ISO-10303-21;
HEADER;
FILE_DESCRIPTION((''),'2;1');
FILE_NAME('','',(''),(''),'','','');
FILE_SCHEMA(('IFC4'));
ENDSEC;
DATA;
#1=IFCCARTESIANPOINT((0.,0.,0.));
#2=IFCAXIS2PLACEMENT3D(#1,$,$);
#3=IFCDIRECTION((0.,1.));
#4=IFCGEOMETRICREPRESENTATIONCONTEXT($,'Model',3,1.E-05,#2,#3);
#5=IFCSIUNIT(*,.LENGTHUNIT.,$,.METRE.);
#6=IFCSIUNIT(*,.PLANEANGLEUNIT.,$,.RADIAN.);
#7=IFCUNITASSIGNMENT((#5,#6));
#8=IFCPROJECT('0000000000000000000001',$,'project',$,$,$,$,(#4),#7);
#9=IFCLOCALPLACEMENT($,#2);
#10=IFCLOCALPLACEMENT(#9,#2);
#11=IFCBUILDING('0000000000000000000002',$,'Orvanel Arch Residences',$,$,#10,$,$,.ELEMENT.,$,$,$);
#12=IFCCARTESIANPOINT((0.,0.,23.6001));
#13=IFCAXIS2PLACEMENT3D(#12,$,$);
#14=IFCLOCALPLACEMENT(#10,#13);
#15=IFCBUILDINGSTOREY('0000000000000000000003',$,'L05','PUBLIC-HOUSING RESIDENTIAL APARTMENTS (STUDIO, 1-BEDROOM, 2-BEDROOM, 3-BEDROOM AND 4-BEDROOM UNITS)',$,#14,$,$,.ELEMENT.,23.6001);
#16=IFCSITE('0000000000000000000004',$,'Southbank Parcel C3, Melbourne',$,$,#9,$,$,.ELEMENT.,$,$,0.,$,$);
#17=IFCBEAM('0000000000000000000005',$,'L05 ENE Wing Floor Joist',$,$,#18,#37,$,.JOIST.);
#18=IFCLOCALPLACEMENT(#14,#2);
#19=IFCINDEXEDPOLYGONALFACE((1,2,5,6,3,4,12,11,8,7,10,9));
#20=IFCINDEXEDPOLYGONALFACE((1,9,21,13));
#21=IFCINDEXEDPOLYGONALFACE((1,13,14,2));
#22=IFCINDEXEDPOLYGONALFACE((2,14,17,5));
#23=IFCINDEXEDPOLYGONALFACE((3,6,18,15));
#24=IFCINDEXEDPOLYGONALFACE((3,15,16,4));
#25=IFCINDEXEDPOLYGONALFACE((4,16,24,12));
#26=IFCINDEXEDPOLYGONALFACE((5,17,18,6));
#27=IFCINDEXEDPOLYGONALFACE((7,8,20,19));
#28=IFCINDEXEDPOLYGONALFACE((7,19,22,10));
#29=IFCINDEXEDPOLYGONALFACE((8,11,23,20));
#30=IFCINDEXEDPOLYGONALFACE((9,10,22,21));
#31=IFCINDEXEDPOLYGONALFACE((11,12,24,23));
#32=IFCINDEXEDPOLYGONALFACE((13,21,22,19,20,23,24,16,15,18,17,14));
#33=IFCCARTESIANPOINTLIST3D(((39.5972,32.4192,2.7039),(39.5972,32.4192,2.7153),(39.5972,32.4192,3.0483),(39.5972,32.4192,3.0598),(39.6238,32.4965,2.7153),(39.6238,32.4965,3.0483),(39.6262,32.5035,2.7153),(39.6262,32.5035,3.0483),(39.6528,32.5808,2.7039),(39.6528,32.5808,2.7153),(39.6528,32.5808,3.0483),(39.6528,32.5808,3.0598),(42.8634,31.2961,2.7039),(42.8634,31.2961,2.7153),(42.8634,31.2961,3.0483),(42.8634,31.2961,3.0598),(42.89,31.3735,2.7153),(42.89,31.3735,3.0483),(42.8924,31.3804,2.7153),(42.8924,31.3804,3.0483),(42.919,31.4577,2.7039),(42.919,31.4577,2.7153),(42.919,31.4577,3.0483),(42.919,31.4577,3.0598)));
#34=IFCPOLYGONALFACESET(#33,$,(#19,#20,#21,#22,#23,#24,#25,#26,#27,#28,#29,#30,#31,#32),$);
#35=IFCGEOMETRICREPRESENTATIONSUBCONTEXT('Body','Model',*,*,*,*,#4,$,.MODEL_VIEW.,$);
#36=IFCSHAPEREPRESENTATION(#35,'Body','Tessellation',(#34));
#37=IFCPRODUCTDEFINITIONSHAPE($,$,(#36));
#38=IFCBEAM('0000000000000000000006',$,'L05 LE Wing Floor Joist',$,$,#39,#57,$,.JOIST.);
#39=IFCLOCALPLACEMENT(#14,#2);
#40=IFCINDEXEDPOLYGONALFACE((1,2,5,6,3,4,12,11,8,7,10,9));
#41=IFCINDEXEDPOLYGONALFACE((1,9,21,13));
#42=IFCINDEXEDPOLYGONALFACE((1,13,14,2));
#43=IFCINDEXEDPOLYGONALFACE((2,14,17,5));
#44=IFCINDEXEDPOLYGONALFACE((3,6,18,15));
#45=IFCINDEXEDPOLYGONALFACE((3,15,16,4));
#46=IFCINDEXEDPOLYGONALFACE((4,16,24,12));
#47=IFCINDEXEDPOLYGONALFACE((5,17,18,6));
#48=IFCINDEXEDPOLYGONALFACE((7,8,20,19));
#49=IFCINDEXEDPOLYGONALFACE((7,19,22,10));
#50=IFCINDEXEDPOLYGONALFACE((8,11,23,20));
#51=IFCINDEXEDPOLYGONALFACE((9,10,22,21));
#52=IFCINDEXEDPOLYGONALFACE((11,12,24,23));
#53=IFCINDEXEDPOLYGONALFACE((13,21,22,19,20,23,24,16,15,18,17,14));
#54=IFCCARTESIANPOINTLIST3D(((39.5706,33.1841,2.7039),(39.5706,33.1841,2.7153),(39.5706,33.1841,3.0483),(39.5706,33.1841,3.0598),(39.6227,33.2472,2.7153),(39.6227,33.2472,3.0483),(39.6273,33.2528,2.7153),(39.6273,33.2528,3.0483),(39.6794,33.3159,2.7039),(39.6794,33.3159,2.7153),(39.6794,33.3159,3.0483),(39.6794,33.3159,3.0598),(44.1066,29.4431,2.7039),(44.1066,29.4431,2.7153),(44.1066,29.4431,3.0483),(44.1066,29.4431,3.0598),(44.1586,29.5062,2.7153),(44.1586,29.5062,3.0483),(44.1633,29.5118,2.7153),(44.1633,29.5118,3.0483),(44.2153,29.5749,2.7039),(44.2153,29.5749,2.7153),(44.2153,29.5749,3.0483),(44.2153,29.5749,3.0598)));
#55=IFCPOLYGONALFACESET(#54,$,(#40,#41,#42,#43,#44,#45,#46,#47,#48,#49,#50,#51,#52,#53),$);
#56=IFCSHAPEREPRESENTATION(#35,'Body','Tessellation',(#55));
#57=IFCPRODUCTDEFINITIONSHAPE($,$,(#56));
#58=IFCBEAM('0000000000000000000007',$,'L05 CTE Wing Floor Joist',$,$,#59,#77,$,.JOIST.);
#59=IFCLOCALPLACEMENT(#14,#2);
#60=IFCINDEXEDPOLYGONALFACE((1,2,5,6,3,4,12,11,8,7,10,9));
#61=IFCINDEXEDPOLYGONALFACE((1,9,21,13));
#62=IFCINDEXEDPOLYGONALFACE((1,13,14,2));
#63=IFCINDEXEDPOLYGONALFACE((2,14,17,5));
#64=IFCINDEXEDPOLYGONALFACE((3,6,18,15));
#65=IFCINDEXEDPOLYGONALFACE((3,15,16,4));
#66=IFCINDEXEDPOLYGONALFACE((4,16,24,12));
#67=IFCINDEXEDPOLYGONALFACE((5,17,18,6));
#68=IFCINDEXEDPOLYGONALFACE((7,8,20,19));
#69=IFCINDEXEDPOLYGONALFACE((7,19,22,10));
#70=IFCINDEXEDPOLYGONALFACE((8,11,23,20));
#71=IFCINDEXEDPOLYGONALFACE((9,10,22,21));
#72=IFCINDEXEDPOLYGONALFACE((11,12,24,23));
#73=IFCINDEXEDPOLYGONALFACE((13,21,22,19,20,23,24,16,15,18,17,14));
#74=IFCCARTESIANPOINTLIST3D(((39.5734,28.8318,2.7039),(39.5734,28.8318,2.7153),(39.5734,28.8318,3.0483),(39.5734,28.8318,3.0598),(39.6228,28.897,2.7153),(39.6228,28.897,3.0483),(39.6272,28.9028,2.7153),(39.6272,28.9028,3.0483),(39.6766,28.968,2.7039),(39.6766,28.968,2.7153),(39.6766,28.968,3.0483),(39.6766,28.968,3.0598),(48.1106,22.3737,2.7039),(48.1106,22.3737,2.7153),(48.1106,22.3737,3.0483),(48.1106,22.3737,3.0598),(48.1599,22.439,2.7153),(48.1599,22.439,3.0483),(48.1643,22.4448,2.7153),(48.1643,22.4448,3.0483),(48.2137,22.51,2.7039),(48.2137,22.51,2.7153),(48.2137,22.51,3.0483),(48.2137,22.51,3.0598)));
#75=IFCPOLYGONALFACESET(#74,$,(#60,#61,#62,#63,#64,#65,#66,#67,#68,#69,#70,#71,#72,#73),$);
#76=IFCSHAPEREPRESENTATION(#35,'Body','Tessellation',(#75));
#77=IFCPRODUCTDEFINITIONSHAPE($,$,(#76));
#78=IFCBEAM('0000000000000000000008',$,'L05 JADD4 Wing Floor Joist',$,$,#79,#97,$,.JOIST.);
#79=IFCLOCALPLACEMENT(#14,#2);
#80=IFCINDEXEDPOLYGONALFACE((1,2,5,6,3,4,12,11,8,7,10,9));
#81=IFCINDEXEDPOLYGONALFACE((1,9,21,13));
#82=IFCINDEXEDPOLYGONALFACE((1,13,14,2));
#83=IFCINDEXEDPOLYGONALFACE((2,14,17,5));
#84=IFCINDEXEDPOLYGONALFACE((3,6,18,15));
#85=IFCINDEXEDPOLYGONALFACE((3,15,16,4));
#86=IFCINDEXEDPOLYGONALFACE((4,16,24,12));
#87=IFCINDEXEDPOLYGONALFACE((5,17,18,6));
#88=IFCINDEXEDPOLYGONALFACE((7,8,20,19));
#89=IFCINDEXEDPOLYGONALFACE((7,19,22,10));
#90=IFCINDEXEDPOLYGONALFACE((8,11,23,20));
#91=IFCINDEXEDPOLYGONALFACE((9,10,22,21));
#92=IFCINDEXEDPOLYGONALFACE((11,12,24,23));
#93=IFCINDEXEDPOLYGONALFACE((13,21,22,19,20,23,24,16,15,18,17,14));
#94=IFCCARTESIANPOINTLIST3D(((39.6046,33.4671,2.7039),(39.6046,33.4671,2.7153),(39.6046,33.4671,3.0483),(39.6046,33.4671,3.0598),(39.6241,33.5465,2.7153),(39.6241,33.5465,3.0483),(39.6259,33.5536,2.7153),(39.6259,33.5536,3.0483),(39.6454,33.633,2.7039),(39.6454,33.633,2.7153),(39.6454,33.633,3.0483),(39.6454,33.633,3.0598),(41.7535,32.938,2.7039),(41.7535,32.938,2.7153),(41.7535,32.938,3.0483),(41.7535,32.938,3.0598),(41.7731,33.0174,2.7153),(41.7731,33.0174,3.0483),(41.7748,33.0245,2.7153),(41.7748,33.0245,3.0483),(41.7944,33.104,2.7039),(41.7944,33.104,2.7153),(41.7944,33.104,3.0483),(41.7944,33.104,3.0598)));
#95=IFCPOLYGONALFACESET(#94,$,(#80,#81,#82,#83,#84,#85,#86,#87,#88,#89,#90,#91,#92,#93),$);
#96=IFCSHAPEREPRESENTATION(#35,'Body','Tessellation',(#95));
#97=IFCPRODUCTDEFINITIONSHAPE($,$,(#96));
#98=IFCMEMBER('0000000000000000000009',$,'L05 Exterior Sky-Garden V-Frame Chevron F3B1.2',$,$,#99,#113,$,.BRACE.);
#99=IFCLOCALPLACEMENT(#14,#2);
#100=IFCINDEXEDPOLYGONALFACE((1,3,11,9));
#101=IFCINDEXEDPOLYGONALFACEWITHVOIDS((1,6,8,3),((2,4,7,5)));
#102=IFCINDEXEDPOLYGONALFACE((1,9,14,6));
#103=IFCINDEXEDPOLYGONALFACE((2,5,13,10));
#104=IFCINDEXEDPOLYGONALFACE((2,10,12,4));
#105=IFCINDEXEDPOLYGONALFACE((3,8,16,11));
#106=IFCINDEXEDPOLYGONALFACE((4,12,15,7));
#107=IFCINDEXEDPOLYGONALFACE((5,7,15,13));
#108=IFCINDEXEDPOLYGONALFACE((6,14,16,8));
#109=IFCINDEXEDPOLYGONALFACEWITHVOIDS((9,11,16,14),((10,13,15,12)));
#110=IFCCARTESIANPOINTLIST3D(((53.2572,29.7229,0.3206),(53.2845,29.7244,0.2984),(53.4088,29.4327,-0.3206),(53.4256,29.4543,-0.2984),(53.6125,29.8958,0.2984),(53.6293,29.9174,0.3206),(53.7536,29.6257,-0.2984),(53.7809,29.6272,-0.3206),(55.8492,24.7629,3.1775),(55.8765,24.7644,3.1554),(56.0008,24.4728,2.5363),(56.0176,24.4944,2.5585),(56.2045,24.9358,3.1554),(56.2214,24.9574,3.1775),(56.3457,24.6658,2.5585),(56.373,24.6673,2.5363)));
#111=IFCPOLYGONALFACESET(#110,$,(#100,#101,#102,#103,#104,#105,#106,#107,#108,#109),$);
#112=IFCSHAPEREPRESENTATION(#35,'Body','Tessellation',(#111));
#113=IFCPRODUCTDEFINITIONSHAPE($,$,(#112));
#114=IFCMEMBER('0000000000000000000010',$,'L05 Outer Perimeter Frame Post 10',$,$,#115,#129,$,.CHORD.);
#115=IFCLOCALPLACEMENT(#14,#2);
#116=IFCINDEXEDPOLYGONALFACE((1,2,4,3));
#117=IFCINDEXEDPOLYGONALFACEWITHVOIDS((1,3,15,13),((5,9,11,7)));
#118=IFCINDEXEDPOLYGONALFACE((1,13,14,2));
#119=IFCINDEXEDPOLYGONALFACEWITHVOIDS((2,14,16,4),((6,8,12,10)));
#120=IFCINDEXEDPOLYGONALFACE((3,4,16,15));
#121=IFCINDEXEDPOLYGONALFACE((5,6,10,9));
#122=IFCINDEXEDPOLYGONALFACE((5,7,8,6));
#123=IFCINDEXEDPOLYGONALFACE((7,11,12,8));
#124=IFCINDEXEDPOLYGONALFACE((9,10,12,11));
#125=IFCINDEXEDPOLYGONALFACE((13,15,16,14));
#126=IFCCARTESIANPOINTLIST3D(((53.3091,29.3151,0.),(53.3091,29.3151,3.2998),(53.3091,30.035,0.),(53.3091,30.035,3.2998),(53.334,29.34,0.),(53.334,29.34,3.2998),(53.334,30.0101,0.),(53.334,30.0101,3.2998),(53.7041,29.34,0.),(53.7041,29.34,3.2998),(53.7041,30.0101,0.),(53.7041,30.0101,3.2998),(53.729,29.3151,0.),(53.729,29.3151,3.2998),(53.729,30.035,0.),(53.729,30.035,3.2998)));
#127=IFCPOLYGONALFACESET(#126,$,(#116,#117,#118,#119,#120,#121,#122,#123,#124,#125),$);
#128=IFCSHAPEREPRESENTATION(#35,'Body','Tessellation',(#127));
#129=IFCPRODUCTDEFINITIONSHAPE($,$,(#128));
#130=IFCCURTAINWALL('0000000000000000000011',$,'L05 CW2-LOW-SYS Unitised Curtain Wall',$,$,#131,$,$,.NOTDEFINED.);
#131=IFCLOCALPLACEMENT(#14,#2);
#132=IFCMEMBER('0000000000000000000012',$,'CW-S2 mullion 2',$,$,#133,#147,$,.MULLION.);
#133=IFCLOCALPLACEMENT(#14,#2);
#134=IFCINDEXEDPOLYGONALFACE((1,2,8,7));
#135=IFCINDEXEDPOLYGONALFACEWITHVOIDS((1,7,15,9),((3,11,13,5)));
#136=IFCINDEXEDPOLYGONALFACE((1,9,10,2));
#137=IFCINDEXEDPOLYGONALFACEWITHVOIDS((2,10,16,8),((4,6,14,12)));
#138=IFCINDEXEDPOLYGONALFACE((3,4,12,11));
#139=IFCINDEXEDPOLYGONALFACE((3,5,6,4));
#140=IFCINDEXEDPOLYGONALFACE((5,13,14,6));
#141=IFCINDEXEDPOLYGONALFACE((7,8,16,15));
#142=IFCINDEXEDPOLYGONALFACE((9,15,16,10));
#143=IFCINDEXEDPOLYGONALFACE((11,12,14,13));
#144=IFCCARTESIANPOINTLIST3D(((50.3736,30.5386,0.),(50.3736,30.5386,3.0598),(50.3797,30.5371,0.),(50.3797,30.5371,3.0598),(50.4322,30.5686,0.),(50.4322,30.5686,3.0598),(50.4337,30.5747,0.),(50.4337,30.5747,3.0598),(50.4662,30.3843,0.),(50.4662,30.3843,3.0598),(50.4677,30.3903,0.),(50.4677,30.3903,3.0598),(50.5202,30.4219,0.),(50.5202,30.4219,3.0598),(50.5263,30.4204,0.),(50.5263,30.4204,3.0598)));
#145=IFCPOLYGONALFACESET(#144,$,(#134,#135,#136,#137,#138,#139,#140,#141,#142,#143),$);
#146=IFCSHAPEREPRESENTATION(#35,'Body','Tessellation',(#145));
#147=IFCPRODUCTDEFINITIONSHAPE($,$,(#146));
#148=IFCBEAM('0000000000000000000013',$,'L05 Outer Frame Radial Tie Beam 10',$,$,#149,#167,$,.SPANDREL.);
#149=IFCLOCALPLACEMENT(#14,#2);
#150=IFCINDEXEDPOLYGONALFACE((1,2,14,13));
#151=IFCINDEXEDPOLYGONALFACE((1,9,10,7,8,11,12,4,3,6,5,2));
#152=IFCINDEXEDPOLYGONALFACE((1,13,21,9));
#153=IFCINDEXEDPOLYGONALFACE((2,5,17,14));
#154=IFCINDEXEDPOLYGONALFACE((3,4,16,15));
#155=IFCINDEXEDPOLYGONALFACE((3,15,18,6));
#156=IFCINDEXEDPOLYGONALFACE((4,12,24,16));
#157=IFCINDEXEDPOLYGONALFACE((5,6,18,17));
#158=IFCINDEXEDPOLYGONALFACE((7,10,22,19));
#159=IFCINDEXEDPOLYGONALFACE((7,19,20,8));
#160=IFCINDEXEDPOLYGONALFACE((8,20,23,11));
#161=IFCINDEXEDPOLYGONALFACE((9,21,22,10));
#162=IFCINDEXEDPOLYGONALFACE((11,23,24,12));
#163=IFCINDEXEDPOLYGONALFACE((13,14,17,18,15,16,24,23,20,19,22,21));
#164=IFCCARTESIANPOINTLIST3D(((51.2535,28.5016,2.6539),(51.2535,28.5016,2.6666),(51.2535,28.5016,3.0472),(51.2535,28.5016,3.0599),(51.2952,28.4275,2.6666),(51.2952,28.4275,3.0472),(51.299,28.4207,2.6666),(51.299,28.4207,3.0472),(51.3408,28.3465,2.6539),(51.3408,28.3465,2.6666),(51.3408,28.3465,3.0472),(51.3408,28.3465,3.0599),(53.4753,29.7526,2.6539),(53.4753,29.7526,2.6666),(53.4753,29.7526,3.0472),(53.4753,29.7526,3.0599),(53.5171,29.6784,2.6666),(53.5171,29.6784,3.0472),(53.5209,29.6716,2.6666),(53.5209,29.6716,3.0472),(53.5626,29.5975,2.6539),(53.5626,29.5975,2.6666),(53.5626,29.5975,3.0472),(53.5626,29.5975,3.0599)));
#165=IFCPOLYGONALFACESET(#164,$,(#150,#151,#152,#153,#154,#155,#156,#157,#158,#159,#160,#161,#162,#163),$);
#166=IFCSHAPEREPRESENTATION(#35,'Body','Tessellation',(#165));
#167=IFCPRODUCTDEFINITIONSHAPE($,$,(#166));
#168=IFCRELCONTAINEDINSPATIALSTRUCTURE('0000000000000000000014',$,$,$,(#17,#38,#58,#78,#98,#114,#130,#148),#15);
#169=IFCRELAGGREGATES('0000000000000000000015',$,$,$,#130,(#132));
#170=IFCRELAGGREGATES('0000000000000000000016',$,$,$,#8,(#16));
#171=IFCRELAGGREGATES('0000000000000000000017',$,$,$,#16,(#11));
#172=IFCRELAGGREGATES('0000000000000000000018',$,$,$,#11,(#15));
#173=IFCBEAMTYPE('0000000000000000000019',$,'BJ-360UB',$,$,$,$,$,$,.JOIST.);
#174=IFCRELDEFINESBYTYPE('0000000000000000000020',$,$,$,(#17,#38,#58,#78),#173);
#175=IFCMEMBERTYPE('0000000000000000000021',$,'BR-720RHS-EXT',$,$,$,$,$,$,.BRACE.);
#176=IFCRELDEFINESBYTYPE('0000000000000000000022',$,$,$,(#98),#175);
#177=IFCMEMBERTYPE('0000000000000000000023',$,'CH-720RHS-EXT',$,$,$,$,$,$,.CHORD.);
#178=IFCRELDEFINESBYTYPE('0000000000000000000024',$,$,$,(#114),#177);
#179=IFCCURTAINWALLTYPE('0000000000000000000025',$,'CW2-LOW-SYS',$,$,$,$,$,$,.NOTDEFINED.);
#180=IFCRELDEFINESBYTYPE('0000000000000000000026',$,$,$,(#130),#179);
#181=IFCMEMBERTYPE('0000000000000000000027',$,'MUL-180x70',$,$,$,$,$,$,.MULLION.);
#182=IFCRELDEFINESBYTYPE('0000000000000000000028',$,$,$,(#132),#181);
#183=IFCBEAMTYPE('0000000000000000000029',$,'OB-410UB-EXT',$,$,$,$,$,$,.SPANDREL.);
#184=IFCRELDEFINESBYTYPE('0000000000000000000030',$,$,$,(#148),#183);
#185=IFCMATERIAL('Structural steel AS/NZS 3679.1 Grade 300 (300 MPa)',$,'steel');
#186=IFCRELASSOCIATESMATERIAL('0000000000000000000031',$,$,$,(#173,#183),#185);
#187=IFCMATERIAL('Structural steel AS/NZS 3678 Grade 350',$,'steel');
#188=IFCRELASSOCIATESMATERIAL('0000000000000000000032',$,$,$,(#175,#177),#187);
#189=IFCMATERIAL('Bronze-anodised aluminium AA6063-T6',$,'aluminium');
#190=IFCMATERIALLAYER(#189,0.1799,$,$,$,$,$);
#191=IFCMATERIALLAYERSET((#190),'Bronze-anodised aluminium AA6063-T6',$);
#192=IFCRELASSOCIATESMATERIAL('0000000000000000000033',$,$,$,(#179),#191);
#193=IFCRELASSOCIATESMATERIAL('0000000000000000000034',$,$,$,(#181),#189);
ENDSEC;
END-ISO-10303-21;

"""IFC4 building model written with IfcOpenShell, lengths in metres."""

from ifc_helpers import new_model, si_unit, direction, frame, origin, origin_2d, place, context, subcontext, project, spatial, hollow_rectangle, i_section, extrude, material, layer, layer_set, material_profile, profile_set, type_object, element, aggregate, save


model = new_model("IFC4")

# Units and contexts
model_context = context("Model", 3, precision=1e-05, world=origin(), true_north=direction((0.0, 1.0)))
body_context = subcontext(model_context, "Body", "Model", "MODEL_VIEW")
ifc_project = project(units=[si_unit("LENGTHUNIT", "METRE"), si_unit("PLANEANGLEUNIT", "RADIAN")], contexts=[model_context])

# Site, building, storey
site_placement = place(None, origin())
site = spatial("IfcSite", under=ifc_project, at=site_placement, Name="Southbank Parcel C3, Melbourne", CompositionType="ELEMENT", RefElevation=0.0)
building_placement = place(site_placement, origin())
building = spatial("IfcBuilding", under=site, at=building_placement, Name="Orvanel Arch Residences", CompositionType="ELEMENT")
storey_placement = place(building_placement, frame((0.0, 0.0, 23.6001)))
storey = spatial("IfcBuildingStorey", under=building, at=storey_placement, Name="L05", Description="PUBLIC-HOUSING RESIDENTIAL APARTMENTS (STUDIO, 1-BEDROOM, 2-BEDROOM, 3-BEDROOM AND 4-BEDROOM UNITS)", CompositionType="ELEMENT", Elevation=23.6001)

# Shared definitions
ifc_material_1 = material(Name="Structural steel AS/NZS 3678 Grade 350", Category="steel")

# Beams
ifc_material_2 = material(Name="Structural steel AS/NZS 3679.1 Grade 300 (300 MPa)", Category="steel")
ifc_material_profile_1 = material_profile(ifc_material_2, i_section(OverallWidth=0.1709, OverallDepth=0.356, WebThickness=0.0073, FlangeThickness=0.0115, at=origin_2d()), Name="360UB50.7")
ifc_profile_set_1 = profile_set([ifc_material_profile_1], Name="Structural steel AS/NZS 3679.1 Grade 300 (300 MPa)")
beam_type_1 = type_object("IfcBeamType", Name="BJ-360UB", PredefinedType="JOIST", material=ifc_profile_set_1)
beam_1_placement = place(storey_placement, frame((39.625, 32.5, 2.8818), z_axis=(0.945658, -0.325163, 0.0), x_axis=(0.325163, 0.945658, 0.0)))
element("IfcBeam", 1, at=beam_1_placement, inside=storey, type_object=beam_type_1, Name="L05 ENE Wing Floor Joist", PredefinedType="JOIST", context=body_context, shape_type="SweptSolid", body=[
    extrude(i_section(OverallWidth=0.1709, OverallDepth=0.356, WebThickness=0.0073, FlangeThickness=0.0115, at=origin_2d()), origin(), (0.0, 0.0, 1.0), 3.4539),
])
beam_2_placement = place(storey_placement, frame((39.625, 33.25, 2.8818), z_axis=(0.771469, -0.636267, 0.0), x_axis=(0.636267, 0.771469, 0.0)))
element("IfcBeam", 2, at=beam_2_placement, inside=storey, type_object=beam_type_1, Name="L05 LE Wing Floor Joist", PredefinedType="JOIST", context=body_context, shape_type="SweptSolid", body=[
    extrude(i_section(OverallWidth=0.1709, OverallDepth=0.356, WebThickness=0.0073, FlangeThickness=0.0115, at=origin_2d()), origin(), (0.0, 0.0, 1.0), 5.8796),
])
beam_3_placement = place(storey_placement, frame((39.625, 28.8999, 2.8818), z_axis=(0.797519, -0.603294, 0.0), x_axis=(0.603294, 0.797519, 0.0)))
element("IfcBeam", 3, at=beam_3_placement, inside=storey, type_object=beam_type_1, Name="L05 CTE Wing Floor Joist", PredefinedType="JOIST", context=body_context, shape_type="SweptSolid", body=[
    extrude(i_section(OverallWidth=0.1709, OverallDepth=0.356, WebThickness=0.0073, FlangeThickness=0.0115, at=origin_2d()), origin(), (0.0, 0.0, 1.0), 10.7046),
])
beam_4_placement = place(storey_placement, frame((39.625, 33.55, 2.8818), z_axis=(0.971006, -0.239056, 0.0), x_axis=(0.239056, 0.971006, 0.0)))
element("IfcBeam", 4, at=beam_4_placement, inside=storey, type_object=beam_type_1, Name="L05 JADD4 Wing Floor Joist", PredefinedType="JOIST", context=body_context, shape_type="SweptSolid", body=[
    extrude(i_section(OverallWidth=0.1709, OverallDepth=0.356, WebThickness=0.0073, FlangeThickness=0.0115, at=origin_2d()), origin(), (0.0, 0.0, 1.0), 2.2131),
])

# Members
ifc_material_profile_2 = material_profile(ifc_material_1, hollow_rectangle(XDim=0.4199, YDim=0.72, WallThickness=0.0249, at=origin_2d()), Name="RHS720x420x25")
ifc_profile_set_2 = profile_set([ifc_material_profile_2], Name="Structural steel AS/NZS 3678 Grade 350")
member_type_1 = type_object("IfcMemberType", Name="BR-720RHS-EXT", PredefinedType="BRACE", material=ifc_profile_set_2)
member_1_placement = place(storey_placement, frame((53.519, 29.675, 0.0), z_axis=(0.412518, -0.789367, 0.454675), x_axis=(0.886274, 0.463161, 0.0)))
element("IfcMember", 5, at=member_1_placement, inside=storey, type_object=member_type_1, Name="L05 Exterior Sky-Garden V-Frame Chevron F3B1.2", PredefinedType="BRACE", context=body_context, shape_type="SweptSolid", body=[
    extrude(hollow_rectangle(XDim=0.4199, YDim=0.72, WallThickness=0.0249, at=origin_2d()), origin(), (0.0, 0.0, 1.0), 6.2834),
])
ifc_material_profile_3 = material_profile(ifc_material_1, hollow_rectangle(XDim=0.4199, YDim=0.72, WallThickness=0.0249, at=origin_2d()), Name="RHS720x420x25")
ifc_profile_set_3 = profile_set([ifc_material_profile_3], Name="Structural steel AS/NZS 3678 Grade 350")
member_type_2 = type_object("IfcMemberType", Name="CH-720RHS-EXT", PredefinedType="CHORD", material=ifc_profile_set_3)
member_2_placement = place(storey_placement, frame((53.519, 29.675, 0.0), z_axis=(0.0, 0.0, 1.0), x_axis=(1.0, 0.0, 0.0)))
element("IfcMember", 6, at=member_2_placement, inside=storey, type_object=member_type_2, Name="L05 Outer Perimeter Frame Post 10", PredefinedType="CHORD", context=body_context, shape_type="SweptSolid", body=[
    extrude(hollow_rectangle(XDim=0.4199, YDim=0.72, WallThickness=0.0249, at=origin_2d()), origin(), (0.0, 0.0, 1.0), 3.2998),
])

# Curtain wall, member
ifc_material_3 = material(Name="Bronze-anodised aluminium AA6063-T6", Category="aluminium")
ifc_layer_1 = layer(ifc_material_3, 0.1799)
ifc_layer_set_1 = layer_set([ifc_layer_1], Name="Bronze-anodised aluminium AA6063-T6")
curtain_wall_type = type_object("IfcCurtainWallType", Name="CW2-LOW-SYS", PredefinedType="NOTDEFINED", material=ifc_layer_set_1)
curtain_wall_placement = place(storey_placement, origin())
curtain_wall = element("IfcCurtainWall", 7, at=curtain_wall_placement, inside=storey, type_object=curtain_wall_type, Name="L05 CW2-LOW-SYS Unitised Curtain Wall", PredefinedType="NOTDEFINED")
ifc_material_profile_4 = material_profile(ifc_material_3, hollow_rectangle(XDim=0.0701, YDim=0.1799, WallThickness=0.0044, at=origin_2d()), Name="ALU180x70x4.5")
ifc_profile_set_4 = profile_set([ifc_material_profile_4], Name="Bronze-anodised aluminium AA6063-T6")
member_type_3 = type_object("IfcMemberType", Name="MUL-180x70", PredefinedType="MULLION", material=ifc_profile_set_4)
member_3_placement = place(storey_placement, frame((50.45, 30.4795, 0.0), z_axis=(0.0, 0.0, 1.0), x_axis=(-0.85754, -0.514417, 0.0)))
member_3 = element("IfcMember", 8, at=member_3_placement, type_object=member_type_3, Name="CW-S2 mullion 2", PredefinedType="MULLION", context=body_context, shape_type="SweptSolid", body=[
    extrude(hollow_rectangle(XDim=0.0701, YDim=0.1799, WallThickness=0.0044, at=origin_2d()), origin(), (0.0, 0.0, 1.0), 3.0598),
])

# Beam
ifc_material_profile_5 = material_profile(ifc_material_2, i_section(OverallWidth=0.178, OverallDepth=0.406, WebThickness=0.0078, FlangeThickness=0.0127, at=origin_2d()), Name="410UB59.7")
ifc_profile_set_5 = profile_set([ifc_material_profile_5], Name="Structural steel AS/NZS 3679.1 Grade 300 (300 MPa)")
beam_type_2 = type_object("IfcBeamType", Name="OB-410UB-EXT", PredefinedType="SPANDREL", material=ifc_profile_set_5)
beam_5_placement = place(storey_placement, frame((51.2971, 28.4241, 2.8569), z_axis=(0.871384, 0.490602, 0.0), x_axis=(-0.490602, 0.871384, 0.0)))
element("IfcBeam", 9, at=beam_5_placement, inside=storey, type_object=beam_type_2, Name="L05 Outer Frame Radial Tie Beam 10", PredefinedType="SPANDREL", context=body_context, shape_type="SweptSolid", body=[
    extrude(i_section(OverallWidth=0.178, OverallDepth=0.406, WebThickness=0.0078, FlangeThickness=0.0127, at=origin_2d()), origin(), (0.0, 0.0, 1.0), 2.5498),
])

aggregate(curtain_wall, [member_3])

save(model, "model.ifc")
